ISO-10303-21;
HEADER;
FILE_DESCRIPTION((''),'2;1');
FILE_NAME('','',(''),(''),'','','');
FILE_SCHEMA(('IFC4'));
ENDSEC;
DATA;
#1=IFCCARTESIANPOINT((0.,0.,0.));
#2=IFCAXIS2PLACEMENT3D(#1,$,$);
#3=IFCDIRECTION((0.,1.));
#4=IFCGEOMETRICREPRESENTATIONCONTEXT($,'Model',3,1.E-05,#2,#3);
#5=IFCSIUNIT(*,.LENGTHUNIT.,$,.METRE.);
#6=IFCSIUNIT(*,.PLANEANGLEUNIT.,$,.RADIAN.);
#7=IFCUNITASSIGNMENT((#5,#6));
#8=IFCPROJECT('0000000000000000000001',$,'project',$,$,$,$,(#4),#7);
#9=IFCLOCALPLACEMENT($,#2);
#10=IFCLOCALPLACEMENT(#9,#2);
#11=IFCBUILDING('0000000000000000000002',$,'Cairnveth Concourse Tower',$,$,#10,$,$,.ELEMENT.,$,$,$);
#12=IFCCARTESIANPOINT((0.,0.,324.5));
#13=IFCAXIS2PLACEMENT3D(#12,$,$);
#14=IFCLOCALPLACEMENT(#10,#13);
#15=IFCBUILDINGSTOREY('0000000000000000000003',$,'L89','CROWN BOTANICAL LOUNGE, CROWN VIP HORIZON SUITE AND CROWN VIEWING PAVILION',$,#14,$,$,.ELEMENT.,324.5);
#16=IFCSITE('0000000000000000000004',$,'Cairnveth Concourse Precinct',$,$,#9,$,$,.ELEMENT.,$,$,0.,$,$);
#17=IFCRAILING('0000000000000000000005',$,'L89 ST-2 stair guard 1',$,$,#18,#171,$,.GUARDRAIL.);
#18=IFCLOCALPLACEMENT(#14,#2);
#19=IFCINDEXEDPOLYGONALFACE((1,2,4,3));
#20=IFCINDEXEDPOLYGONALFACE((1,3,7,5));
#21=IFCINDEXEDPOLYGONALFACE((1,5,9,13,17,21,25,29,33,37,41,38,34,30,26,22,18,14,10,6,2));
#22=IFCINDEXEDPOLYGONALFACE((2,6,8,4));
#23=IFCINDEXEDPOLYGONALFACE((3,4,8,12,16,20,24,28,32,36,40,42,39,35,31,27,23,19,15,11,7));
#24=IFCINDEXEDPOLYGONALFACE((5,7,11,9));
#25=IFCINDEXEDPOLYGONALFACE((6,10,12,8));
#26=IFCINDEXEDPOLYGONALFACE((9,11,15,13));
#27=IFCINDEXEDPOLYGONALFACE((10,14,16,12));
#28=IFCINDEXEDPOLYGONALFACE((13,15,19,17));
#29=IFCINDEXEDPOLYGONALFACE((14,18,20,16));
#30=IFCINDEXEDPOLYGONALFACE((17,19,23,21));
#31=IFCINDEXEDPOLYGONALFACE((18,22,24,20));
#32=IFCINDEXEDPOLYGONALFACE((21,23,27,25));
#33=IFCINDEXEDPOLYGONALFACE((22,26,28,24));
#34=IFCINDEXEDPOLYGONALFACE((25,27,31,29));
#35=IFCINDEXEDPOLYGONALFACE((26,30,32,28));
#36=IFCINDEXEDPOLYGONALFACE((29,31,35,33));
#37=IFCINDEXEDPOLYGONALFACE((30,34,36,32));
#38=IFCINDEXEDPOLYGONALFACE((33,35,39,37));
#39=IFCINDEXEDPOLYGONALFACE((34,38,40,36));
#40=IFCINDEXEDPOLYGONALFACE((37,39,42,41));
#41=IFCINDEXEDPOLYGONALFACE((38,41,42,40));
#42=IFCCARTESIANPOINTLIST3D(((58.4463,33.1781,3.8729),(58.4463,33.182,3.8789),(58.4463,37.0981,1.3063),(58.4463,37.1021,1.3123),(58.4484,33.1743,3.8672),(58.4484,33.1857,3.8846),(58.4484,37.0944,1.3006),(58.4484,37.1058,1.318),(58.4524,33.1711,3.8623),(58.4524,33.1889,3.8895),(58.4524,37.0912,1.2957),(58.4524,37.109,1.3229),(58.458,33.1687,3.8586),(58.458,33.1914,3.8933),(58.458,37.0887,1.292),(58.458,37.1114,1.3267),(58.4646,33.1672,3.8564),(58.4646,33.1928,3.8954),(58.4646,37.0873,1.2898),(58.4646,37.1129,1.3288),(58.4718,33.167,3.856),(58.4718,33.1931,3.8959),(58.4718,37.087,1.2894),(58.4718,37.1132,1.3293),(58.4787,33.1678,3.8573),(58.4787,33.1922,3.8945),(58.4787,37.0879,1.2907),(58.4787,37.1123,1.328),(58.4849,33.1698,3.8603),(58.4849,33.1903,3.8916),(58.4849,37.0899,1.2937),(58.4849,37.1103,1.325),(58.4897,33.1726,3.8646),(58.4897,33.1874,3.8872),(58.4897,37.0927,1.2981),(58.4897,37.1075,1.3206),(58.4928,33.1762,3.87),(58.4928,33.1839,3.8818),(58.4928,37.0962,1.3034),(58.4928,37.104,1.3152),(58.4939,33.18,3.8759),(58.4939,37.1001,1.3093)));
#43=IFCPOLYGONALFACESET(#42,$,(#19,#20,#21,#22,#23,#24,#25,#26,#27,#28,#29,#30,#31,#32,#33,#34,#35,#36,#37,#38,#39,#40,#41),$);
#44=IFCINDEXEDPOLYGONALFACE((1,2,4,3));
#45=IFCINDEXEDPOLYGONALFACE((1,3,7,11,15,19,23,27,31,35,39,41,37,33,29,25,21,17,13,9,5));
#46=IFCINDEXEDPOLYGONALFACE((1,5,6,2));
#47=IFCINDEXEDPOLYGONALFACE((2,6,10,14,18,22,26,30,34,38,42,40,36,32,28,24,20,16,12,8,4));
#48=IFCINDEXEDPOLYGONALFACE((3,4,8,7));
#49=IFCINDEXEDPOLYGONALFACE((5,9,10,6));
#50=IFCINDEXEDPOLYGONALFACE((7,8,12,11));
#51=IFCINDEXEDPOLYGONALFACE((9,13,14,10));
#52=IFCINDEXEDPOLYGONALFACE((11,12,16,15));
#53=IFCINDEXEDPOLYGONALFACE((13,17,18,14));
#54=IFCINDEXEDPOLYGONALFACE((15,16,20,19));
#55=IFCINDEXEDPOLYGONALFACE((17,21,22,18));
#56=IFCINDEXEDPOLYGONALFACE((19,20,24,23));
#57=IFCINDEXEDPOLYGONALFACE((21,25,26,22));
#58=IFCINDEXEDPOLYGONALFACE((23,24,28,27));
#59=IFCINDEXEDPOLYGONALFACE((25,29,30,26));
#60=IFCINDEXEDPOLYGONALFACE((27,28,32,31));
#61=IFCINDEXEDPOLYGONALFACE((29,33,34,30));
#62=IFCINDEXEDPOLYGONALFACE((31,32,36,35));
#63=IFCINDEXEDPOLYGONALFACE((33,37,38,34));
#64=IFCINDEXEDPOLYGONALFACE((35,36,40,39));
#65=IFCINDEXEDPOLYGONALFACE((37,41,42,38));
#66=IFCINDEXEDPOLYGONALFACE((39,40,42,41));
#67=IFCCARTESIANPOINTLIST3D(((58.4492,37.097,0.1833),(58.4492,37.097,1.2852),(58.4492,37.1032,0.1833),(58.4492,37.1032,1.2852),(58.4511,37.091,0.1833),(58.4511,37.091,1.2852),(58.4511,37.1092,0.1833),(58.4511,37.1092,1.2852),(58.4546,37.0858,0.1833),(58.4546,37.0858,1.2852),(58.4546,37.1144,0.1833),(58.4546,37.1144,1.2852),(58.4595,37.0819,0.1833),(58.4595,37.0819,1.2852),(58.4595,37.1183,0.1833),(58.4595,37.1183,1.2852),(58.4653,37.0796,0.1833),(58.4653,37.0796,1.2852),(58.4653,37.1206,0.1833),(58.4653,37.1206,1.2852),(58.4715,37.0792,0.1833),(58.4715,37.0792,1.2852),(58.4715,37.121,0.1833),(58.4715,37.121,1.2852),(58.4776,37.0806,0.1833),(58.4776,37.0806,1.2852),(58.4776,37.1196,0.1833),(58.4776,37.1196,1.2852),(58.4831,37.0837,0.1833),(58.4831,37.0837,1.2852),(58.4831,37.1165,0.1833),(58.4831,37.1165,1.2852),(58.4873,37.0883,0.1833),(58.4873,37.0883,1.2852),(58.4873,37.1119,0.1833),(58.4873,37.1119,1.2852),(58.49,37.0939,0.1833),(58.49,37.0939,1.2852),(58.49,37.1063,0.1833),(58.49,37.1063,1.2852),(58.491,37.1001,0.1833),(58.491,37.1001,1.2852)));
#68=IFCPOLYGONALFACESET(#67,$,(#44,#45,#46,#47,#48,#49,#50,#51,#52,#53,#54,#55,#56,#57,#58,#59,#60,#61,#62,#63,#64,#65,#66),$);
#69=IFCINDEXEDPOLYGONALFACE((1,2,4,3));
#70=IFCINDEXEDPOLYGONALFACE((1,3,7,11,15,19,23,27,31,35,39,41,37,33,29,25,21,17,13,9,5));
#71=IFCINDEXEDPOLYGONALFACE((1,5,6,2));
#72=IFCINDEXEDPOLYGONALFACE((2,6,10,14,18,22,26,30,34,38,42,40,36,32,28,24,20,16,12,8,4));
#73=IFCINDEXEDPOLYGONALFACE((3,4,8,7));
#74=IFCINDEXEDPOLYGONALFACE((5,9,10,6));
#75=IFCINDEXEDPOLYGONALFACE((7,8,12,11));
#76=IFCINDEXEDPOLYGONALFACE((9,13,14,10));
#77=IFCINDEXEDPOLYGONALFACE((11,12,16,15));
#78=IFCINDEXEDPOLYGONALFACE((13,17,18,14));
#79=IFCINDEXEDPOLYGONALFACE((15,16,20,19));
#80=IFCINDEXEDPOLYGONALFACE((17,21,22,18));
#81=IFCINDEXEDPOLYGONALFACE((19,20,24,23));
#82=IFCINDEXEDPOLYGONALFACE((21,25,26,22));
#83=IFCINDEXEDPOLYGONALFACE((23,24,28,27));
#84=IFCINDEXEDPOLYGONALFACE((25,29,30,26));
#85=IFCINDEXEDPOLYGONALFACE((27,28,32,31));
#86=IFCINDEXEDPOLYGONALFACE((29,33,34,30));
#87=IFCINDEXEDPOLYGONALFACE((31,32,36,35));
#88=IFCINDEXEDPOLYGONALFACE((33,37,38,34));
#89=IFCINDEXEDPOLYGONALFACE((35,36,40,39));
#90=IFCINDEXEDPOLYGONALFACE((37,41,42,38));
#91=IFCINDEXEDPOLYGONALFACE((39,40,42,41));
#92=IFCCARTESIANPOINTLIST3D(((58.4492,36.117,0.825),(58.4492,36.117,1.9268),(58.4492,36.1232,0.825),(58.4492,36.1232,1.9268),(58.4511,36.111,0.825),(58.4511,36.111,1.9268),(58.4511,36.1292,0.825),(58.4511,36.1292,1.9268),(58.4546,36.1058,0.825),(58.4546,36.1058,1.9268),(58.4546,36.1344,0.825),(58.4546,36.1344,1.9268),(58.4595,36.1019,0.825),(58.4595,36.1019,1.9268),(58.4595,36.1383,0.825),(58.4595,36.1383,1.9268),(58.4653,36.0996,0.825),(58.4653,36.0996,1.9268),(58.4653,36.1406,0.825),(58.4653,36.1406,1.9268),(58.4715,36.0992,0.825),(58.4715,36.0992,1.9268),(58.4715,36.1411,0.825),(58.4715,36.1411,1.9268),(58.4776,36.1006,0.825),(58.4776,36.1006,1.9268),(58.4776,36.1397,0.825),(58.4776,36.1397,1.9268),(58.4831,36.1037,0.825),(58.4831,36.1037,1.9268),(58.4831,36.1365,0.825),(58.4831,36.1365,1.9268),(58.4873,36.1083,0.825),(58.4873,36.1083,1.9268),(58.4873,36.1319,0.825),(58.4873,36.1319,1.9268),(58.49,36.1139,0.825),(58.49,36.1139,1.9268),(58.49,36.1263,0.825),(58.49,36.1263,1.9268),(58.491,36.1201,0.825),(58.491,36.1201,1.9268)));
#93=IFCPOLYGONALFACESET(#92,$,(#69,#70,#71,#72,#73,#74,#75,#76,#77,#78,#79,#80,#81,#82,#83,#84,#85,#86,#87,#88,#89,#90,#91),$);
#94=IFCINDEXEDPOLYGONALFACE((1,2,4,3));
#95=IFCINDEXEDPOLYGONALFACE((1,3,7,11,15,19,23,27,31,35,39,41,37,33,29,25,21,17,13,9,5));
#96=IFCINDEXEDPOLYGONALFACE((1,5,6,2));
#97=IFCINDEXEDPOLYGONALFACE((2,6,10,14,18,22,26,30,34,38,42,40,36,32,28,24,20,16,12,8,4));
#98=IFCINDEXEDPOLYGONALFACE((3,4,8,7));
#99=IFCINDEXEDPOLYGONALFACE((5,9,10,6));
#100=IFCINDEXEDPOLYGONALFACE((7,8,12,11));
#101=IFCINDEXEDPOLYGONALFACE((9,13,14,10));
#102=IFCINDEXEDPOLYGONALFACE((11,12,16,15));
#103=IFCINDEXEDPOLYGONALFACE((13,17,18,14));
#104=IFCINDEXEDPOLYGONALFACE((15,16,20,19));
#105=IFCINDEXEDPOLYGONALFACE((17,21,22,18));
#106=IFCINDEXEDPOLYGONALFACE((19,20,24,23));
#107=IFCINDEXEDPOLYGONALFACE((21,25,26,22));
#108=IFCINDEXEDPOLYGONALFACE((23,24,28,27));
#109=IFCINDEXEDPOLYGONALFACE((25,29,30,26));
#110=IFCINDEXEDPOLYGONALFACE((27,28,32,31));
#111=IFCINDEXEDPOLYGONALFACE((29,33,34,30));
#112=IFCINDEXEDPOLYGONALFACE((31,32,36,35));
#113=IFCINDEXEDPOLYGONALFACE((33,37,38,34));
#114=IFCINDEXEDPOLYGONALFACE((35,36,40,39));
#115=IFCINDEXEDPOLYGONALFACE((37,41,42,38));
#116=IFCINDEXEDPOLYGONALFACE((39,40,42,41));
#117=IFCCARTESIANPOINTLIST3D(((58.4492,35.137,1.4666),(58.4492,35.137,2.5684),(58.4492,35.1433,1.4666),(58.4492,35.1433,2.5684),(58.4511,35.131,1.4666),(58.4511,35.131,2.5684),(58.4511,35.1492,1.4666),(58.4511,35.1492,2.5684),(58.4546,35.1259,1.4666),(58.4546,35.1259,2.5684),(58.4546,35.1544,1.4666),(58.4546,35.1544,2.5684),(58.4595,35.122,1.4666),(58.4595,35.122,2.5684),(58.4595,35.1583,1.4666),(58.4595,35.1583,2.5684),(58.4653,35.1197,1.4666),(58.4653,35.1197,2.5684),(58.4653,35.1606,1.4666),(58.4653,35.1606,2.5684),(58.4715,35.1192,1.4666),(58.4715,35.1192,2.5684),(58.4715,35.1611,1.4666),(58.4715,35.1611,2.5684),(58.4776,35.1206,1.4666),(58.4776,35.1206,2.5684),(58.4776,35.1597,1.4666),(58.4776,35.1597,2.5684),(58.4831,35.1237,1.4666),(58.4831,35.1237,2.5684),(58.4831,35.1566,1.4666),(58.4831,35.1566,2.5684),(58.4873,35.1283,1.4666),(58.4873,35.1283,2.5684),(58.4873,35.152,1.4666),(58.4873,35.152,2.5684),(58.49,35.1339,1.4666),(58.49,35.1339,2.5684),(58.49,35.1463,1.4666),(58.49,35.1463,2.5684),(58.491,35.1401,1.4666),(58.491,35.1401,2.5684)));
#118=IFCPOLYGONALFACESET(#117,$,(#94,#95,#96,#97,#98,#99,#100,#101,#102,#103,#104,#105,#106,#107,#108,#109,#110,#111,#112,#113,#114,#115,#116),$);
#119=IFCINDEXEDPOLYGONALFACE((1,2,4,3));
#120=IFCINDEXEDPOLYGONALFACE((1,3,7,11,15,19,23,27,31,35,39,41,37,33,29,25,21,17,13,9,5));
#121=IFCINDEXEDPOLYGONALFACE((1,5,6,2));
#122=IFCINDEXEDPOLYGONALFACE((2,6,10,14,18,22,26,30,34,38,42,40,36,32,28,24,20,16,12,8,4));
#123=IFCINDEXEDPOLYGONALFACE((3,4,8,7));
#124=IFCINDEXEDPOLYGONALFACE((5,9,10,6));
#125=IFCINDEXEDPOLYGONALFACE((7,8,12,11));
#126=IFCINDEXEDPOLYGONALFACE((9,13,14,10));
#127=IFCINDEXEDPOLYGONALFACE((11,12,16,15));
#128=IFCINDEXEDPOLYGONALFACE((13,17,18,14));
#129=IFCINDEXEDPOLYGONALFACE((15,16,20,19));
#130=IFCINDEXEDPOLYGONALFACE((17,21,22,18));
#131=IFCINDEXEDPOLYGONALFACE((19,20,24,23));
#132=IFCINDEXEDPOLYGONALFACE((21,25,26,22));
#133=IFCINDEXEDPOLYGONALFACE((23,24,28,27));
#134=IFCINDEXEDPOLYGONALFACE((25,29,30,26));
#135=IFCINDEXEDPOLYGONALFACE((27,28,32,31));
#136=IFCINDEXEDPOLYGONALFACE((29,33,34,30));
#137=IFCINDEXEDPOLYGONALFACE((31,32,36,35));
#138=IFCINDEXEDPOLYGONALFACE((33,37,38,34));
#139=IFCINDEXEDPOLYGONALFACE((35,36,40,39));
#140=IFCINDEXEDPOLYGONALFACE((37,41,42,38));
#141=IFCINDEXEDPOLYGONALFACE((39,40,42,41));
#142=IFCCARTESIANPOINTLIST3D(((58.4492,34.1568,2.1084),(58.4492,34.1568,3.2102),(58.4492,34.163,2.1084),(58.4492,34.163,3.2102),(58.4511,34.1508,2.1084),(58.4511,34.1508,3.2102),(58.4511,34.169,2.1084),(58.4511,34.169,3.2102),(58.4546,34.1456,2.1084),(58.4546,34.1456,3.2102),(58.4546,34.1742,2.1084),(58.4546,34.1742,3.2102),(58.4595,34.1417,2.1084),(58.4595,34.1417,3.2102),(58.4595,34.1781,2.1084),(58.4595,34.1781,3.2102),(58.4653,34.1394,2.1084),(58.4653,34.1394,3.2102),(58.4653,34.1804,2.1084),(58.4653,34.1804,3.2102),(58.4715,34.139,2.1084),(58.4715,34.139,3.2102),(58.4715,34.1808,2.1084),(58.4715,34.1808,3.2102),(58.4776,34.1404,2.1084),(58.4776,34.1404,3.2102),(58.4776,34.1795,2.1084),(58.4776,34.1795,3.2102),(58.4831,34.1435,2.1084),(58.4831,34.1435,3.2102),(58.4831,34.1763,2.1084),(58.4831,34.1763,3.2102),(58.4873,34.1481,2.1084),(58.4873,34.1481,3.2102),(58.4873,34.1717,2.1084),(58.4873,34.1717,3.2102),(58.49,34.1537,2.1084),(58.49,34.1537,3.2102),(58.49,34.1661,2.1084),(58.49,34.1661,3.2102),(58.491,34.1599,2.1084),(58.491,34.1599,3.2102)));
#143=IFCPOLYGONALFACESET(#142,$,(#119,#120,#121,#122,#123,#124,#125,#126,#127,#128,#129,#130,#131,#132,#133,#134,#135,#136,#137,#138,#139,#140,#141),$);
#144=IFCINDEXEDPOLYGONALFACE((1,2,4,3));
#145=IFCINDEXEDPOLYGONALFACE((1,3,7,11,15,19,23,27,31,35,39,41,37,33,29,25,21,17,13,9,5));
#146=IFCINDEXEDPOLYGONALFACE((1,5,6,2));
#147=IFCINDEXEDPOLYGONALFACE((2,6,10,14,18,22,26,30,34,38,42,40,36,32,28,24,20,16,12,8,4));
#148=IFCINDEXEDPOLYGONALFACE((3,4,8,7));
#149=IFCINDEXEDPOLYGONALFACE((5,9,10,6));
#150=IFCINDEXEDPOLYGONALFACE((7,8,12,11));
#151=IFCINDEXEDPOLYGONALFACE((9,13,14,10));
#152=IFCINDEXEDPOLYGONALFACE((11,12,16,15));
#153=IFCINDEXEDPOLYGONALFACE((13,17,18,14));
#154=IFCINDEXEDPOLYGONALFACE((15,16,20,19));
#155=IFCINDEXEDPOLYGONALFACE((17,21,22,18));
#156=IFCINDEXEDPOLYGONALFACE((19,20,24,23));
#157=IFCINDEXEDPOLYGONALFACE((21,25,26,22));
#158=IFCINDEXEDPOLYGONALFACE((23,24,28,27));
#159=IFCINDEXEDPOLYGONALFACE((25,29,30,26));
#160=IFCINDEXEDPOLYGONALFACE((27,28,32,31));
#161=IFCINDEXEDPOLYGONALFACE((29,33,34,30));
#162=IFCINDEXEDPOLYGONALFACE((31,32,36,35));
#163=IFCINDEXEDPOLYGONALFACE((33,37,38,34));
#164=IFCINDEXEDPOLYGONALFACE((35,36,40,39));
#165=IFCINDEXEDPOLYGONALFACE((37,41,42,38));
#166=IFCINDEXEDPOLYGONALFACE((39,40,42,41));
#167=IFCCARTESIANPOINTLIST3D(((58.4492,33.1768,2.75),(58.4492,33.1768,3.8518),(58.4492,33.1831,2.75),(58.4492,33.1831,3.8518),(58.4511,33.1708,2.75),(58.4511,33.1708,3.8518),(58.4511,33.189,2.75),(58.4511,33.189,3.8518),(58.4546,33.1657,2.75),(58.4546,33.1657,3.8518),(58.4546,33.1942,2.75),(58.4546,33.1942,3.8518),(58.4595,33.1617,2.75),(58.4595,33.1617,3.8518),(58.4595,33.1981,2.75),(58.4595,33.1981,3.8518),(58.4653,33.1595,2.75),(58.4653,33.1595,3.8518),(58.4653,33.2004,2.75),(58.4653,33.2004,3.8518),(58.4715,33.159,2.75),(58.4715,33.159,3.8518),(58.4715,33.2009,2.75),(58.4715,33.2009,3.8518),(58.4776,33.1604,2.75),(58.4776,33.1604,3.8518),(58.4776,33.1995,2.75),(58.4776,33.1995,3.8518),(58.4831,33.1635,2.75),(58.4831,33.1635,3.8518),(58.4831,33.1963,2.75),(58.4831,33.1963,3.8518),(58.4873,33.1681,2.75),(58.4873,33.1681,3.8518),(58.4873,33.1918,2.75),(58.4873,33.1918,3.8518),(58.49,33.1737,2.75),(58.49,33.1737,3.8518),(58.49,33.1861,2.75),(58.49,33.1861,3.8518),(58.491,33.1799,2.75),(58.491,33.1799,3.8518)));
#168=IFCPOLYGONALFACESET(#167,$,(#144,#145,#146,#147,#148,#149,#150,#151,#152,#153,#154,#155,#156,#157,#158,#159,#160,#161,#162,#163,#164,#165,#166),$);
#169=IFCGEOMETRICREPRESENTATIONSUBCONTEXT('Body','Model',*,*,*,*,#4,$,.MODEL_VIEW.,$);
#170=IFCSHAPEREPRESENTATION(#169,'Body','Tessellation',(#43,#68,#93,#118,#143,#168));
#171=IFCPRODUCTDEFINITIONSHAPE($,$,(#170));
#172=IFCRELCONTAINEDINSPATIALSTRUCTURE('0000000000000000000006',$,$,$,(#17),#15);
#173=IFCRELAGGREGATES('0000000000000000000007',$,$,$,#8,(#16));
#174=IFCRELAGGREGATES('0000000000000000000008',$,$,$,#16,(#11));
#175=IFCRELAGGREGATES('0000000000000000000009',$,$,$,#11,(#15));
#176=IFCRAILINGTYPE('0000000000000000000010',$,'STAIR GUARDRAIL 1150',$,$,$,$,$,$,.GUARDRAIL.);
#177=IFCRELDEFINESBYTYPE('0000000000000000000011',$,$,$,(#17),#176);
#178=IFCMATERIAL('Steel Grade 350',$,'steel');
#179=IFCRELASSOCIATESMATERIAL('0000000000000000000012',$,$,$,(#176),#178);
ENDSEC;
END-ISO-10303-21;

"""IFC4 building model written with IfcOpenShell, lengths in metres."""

from ifc_helpers import new_model, si_unit, direction, frame, origin, origin_2d, place, context, subcontext, project, spatial, circle, extrude, material, type_object, element, save


model = new_model("IFC4")

# Units and contexts
model_context = context("Model", 3, precision=1e-05, world=origin(), true_north=direction((0.0, 1.0)))
body_context = subcontext(model_context, "Body", "Model", "MODEL_VIEW")
ifc_project = project(units=[si_unit("LENGTHUNIT", "METRE"), si_unit("PLANEANGLEUNIT", "RADIAN")], contexts=[model_context])

# Site, building, storey
site_placement = place(None, origin())
site = spatial("IfcSite", under=ifc_project, at=site_placement, Name="Cairnveth Concourse Precinct", CompositionType="ELEMENT", RefElevation=0.0)
building_placement = place(site_placement, origin())
building = spatial("IfcBuilding", under=site, at=building_placement, Name="Cairnveth Concourse Tower", CompositionType="ELEMENT")
storey_placement = place(building_placement, frame((0.0, 0.0, 324.5)))
storey = spatial("IfcBuildingStorey", under=building, at=storey_placement, Name="L89", Description="CROWN BOTANICAL LOUNGE, CROWN VIP HORIZON SUITE AND CROWN VIEWING PAVILION", CompositionType="ELEMENT", Elevation=324.5)

# Shared definitions
ifc_material_1 = material(Name="Steel Grade 350", Category="steel")

# Railing
railing_type_1 = type_object("IfcRailingType", Name="STAIR GUARDRAIL 1150", PredefinedType="GUARDRAIL", material=ifc_material_1)
railing_1_placement = place(storey_placement, frame((58.47, 37.1001, 0.1833)))
element("IfcRailing", 1, at=railing_1_placement, inside=storey, type_object=railing_type_1, Name="L89 ST-2 stair guard 1", PredefinedType="GUARDRAIL", context=body_context, shape_type="SweptSolid", body=[
    extrude(circle(Radius=0.0239, at=origin_2d()), frame((0.0, 0.0, 1.126), z_axis=(0.0, -0.836631, 0.547767), x_axis=(1.0, 0.0, 0.0)), (0.0, 0.0, 1.0), 4.6855),
    extrude(circle(Radius=0.021, at=origin_2d()), origin(), (0.0, 0.0, 1.0), 1.1018),
    extrude(circle(Radius=0.021, at=origin_2d()), frame((0.0, -0.98, 0.6416)), (0.0, 0.0, 1.0), 1.1018),
    extrude(circle(Radius=0.021, at=origin_2d()), frame((0.0, -1.96, 1.2832)), (0.0, 0.0, 1.0), 1.1018),
    extrude(circle(Radius=0.021, at=origin_2d()), frame((0.0, -2.9402, 1.925)), (0.0, 0.0, 1.0), 1.1018),
    extrude(circle(Radius=0.021, at=origin_2d()), frame((0.0, -3.9202, 2.5667)), (0.0, 0.0, 1.0), 1.1018),
])

save(model, "model.ifc")
